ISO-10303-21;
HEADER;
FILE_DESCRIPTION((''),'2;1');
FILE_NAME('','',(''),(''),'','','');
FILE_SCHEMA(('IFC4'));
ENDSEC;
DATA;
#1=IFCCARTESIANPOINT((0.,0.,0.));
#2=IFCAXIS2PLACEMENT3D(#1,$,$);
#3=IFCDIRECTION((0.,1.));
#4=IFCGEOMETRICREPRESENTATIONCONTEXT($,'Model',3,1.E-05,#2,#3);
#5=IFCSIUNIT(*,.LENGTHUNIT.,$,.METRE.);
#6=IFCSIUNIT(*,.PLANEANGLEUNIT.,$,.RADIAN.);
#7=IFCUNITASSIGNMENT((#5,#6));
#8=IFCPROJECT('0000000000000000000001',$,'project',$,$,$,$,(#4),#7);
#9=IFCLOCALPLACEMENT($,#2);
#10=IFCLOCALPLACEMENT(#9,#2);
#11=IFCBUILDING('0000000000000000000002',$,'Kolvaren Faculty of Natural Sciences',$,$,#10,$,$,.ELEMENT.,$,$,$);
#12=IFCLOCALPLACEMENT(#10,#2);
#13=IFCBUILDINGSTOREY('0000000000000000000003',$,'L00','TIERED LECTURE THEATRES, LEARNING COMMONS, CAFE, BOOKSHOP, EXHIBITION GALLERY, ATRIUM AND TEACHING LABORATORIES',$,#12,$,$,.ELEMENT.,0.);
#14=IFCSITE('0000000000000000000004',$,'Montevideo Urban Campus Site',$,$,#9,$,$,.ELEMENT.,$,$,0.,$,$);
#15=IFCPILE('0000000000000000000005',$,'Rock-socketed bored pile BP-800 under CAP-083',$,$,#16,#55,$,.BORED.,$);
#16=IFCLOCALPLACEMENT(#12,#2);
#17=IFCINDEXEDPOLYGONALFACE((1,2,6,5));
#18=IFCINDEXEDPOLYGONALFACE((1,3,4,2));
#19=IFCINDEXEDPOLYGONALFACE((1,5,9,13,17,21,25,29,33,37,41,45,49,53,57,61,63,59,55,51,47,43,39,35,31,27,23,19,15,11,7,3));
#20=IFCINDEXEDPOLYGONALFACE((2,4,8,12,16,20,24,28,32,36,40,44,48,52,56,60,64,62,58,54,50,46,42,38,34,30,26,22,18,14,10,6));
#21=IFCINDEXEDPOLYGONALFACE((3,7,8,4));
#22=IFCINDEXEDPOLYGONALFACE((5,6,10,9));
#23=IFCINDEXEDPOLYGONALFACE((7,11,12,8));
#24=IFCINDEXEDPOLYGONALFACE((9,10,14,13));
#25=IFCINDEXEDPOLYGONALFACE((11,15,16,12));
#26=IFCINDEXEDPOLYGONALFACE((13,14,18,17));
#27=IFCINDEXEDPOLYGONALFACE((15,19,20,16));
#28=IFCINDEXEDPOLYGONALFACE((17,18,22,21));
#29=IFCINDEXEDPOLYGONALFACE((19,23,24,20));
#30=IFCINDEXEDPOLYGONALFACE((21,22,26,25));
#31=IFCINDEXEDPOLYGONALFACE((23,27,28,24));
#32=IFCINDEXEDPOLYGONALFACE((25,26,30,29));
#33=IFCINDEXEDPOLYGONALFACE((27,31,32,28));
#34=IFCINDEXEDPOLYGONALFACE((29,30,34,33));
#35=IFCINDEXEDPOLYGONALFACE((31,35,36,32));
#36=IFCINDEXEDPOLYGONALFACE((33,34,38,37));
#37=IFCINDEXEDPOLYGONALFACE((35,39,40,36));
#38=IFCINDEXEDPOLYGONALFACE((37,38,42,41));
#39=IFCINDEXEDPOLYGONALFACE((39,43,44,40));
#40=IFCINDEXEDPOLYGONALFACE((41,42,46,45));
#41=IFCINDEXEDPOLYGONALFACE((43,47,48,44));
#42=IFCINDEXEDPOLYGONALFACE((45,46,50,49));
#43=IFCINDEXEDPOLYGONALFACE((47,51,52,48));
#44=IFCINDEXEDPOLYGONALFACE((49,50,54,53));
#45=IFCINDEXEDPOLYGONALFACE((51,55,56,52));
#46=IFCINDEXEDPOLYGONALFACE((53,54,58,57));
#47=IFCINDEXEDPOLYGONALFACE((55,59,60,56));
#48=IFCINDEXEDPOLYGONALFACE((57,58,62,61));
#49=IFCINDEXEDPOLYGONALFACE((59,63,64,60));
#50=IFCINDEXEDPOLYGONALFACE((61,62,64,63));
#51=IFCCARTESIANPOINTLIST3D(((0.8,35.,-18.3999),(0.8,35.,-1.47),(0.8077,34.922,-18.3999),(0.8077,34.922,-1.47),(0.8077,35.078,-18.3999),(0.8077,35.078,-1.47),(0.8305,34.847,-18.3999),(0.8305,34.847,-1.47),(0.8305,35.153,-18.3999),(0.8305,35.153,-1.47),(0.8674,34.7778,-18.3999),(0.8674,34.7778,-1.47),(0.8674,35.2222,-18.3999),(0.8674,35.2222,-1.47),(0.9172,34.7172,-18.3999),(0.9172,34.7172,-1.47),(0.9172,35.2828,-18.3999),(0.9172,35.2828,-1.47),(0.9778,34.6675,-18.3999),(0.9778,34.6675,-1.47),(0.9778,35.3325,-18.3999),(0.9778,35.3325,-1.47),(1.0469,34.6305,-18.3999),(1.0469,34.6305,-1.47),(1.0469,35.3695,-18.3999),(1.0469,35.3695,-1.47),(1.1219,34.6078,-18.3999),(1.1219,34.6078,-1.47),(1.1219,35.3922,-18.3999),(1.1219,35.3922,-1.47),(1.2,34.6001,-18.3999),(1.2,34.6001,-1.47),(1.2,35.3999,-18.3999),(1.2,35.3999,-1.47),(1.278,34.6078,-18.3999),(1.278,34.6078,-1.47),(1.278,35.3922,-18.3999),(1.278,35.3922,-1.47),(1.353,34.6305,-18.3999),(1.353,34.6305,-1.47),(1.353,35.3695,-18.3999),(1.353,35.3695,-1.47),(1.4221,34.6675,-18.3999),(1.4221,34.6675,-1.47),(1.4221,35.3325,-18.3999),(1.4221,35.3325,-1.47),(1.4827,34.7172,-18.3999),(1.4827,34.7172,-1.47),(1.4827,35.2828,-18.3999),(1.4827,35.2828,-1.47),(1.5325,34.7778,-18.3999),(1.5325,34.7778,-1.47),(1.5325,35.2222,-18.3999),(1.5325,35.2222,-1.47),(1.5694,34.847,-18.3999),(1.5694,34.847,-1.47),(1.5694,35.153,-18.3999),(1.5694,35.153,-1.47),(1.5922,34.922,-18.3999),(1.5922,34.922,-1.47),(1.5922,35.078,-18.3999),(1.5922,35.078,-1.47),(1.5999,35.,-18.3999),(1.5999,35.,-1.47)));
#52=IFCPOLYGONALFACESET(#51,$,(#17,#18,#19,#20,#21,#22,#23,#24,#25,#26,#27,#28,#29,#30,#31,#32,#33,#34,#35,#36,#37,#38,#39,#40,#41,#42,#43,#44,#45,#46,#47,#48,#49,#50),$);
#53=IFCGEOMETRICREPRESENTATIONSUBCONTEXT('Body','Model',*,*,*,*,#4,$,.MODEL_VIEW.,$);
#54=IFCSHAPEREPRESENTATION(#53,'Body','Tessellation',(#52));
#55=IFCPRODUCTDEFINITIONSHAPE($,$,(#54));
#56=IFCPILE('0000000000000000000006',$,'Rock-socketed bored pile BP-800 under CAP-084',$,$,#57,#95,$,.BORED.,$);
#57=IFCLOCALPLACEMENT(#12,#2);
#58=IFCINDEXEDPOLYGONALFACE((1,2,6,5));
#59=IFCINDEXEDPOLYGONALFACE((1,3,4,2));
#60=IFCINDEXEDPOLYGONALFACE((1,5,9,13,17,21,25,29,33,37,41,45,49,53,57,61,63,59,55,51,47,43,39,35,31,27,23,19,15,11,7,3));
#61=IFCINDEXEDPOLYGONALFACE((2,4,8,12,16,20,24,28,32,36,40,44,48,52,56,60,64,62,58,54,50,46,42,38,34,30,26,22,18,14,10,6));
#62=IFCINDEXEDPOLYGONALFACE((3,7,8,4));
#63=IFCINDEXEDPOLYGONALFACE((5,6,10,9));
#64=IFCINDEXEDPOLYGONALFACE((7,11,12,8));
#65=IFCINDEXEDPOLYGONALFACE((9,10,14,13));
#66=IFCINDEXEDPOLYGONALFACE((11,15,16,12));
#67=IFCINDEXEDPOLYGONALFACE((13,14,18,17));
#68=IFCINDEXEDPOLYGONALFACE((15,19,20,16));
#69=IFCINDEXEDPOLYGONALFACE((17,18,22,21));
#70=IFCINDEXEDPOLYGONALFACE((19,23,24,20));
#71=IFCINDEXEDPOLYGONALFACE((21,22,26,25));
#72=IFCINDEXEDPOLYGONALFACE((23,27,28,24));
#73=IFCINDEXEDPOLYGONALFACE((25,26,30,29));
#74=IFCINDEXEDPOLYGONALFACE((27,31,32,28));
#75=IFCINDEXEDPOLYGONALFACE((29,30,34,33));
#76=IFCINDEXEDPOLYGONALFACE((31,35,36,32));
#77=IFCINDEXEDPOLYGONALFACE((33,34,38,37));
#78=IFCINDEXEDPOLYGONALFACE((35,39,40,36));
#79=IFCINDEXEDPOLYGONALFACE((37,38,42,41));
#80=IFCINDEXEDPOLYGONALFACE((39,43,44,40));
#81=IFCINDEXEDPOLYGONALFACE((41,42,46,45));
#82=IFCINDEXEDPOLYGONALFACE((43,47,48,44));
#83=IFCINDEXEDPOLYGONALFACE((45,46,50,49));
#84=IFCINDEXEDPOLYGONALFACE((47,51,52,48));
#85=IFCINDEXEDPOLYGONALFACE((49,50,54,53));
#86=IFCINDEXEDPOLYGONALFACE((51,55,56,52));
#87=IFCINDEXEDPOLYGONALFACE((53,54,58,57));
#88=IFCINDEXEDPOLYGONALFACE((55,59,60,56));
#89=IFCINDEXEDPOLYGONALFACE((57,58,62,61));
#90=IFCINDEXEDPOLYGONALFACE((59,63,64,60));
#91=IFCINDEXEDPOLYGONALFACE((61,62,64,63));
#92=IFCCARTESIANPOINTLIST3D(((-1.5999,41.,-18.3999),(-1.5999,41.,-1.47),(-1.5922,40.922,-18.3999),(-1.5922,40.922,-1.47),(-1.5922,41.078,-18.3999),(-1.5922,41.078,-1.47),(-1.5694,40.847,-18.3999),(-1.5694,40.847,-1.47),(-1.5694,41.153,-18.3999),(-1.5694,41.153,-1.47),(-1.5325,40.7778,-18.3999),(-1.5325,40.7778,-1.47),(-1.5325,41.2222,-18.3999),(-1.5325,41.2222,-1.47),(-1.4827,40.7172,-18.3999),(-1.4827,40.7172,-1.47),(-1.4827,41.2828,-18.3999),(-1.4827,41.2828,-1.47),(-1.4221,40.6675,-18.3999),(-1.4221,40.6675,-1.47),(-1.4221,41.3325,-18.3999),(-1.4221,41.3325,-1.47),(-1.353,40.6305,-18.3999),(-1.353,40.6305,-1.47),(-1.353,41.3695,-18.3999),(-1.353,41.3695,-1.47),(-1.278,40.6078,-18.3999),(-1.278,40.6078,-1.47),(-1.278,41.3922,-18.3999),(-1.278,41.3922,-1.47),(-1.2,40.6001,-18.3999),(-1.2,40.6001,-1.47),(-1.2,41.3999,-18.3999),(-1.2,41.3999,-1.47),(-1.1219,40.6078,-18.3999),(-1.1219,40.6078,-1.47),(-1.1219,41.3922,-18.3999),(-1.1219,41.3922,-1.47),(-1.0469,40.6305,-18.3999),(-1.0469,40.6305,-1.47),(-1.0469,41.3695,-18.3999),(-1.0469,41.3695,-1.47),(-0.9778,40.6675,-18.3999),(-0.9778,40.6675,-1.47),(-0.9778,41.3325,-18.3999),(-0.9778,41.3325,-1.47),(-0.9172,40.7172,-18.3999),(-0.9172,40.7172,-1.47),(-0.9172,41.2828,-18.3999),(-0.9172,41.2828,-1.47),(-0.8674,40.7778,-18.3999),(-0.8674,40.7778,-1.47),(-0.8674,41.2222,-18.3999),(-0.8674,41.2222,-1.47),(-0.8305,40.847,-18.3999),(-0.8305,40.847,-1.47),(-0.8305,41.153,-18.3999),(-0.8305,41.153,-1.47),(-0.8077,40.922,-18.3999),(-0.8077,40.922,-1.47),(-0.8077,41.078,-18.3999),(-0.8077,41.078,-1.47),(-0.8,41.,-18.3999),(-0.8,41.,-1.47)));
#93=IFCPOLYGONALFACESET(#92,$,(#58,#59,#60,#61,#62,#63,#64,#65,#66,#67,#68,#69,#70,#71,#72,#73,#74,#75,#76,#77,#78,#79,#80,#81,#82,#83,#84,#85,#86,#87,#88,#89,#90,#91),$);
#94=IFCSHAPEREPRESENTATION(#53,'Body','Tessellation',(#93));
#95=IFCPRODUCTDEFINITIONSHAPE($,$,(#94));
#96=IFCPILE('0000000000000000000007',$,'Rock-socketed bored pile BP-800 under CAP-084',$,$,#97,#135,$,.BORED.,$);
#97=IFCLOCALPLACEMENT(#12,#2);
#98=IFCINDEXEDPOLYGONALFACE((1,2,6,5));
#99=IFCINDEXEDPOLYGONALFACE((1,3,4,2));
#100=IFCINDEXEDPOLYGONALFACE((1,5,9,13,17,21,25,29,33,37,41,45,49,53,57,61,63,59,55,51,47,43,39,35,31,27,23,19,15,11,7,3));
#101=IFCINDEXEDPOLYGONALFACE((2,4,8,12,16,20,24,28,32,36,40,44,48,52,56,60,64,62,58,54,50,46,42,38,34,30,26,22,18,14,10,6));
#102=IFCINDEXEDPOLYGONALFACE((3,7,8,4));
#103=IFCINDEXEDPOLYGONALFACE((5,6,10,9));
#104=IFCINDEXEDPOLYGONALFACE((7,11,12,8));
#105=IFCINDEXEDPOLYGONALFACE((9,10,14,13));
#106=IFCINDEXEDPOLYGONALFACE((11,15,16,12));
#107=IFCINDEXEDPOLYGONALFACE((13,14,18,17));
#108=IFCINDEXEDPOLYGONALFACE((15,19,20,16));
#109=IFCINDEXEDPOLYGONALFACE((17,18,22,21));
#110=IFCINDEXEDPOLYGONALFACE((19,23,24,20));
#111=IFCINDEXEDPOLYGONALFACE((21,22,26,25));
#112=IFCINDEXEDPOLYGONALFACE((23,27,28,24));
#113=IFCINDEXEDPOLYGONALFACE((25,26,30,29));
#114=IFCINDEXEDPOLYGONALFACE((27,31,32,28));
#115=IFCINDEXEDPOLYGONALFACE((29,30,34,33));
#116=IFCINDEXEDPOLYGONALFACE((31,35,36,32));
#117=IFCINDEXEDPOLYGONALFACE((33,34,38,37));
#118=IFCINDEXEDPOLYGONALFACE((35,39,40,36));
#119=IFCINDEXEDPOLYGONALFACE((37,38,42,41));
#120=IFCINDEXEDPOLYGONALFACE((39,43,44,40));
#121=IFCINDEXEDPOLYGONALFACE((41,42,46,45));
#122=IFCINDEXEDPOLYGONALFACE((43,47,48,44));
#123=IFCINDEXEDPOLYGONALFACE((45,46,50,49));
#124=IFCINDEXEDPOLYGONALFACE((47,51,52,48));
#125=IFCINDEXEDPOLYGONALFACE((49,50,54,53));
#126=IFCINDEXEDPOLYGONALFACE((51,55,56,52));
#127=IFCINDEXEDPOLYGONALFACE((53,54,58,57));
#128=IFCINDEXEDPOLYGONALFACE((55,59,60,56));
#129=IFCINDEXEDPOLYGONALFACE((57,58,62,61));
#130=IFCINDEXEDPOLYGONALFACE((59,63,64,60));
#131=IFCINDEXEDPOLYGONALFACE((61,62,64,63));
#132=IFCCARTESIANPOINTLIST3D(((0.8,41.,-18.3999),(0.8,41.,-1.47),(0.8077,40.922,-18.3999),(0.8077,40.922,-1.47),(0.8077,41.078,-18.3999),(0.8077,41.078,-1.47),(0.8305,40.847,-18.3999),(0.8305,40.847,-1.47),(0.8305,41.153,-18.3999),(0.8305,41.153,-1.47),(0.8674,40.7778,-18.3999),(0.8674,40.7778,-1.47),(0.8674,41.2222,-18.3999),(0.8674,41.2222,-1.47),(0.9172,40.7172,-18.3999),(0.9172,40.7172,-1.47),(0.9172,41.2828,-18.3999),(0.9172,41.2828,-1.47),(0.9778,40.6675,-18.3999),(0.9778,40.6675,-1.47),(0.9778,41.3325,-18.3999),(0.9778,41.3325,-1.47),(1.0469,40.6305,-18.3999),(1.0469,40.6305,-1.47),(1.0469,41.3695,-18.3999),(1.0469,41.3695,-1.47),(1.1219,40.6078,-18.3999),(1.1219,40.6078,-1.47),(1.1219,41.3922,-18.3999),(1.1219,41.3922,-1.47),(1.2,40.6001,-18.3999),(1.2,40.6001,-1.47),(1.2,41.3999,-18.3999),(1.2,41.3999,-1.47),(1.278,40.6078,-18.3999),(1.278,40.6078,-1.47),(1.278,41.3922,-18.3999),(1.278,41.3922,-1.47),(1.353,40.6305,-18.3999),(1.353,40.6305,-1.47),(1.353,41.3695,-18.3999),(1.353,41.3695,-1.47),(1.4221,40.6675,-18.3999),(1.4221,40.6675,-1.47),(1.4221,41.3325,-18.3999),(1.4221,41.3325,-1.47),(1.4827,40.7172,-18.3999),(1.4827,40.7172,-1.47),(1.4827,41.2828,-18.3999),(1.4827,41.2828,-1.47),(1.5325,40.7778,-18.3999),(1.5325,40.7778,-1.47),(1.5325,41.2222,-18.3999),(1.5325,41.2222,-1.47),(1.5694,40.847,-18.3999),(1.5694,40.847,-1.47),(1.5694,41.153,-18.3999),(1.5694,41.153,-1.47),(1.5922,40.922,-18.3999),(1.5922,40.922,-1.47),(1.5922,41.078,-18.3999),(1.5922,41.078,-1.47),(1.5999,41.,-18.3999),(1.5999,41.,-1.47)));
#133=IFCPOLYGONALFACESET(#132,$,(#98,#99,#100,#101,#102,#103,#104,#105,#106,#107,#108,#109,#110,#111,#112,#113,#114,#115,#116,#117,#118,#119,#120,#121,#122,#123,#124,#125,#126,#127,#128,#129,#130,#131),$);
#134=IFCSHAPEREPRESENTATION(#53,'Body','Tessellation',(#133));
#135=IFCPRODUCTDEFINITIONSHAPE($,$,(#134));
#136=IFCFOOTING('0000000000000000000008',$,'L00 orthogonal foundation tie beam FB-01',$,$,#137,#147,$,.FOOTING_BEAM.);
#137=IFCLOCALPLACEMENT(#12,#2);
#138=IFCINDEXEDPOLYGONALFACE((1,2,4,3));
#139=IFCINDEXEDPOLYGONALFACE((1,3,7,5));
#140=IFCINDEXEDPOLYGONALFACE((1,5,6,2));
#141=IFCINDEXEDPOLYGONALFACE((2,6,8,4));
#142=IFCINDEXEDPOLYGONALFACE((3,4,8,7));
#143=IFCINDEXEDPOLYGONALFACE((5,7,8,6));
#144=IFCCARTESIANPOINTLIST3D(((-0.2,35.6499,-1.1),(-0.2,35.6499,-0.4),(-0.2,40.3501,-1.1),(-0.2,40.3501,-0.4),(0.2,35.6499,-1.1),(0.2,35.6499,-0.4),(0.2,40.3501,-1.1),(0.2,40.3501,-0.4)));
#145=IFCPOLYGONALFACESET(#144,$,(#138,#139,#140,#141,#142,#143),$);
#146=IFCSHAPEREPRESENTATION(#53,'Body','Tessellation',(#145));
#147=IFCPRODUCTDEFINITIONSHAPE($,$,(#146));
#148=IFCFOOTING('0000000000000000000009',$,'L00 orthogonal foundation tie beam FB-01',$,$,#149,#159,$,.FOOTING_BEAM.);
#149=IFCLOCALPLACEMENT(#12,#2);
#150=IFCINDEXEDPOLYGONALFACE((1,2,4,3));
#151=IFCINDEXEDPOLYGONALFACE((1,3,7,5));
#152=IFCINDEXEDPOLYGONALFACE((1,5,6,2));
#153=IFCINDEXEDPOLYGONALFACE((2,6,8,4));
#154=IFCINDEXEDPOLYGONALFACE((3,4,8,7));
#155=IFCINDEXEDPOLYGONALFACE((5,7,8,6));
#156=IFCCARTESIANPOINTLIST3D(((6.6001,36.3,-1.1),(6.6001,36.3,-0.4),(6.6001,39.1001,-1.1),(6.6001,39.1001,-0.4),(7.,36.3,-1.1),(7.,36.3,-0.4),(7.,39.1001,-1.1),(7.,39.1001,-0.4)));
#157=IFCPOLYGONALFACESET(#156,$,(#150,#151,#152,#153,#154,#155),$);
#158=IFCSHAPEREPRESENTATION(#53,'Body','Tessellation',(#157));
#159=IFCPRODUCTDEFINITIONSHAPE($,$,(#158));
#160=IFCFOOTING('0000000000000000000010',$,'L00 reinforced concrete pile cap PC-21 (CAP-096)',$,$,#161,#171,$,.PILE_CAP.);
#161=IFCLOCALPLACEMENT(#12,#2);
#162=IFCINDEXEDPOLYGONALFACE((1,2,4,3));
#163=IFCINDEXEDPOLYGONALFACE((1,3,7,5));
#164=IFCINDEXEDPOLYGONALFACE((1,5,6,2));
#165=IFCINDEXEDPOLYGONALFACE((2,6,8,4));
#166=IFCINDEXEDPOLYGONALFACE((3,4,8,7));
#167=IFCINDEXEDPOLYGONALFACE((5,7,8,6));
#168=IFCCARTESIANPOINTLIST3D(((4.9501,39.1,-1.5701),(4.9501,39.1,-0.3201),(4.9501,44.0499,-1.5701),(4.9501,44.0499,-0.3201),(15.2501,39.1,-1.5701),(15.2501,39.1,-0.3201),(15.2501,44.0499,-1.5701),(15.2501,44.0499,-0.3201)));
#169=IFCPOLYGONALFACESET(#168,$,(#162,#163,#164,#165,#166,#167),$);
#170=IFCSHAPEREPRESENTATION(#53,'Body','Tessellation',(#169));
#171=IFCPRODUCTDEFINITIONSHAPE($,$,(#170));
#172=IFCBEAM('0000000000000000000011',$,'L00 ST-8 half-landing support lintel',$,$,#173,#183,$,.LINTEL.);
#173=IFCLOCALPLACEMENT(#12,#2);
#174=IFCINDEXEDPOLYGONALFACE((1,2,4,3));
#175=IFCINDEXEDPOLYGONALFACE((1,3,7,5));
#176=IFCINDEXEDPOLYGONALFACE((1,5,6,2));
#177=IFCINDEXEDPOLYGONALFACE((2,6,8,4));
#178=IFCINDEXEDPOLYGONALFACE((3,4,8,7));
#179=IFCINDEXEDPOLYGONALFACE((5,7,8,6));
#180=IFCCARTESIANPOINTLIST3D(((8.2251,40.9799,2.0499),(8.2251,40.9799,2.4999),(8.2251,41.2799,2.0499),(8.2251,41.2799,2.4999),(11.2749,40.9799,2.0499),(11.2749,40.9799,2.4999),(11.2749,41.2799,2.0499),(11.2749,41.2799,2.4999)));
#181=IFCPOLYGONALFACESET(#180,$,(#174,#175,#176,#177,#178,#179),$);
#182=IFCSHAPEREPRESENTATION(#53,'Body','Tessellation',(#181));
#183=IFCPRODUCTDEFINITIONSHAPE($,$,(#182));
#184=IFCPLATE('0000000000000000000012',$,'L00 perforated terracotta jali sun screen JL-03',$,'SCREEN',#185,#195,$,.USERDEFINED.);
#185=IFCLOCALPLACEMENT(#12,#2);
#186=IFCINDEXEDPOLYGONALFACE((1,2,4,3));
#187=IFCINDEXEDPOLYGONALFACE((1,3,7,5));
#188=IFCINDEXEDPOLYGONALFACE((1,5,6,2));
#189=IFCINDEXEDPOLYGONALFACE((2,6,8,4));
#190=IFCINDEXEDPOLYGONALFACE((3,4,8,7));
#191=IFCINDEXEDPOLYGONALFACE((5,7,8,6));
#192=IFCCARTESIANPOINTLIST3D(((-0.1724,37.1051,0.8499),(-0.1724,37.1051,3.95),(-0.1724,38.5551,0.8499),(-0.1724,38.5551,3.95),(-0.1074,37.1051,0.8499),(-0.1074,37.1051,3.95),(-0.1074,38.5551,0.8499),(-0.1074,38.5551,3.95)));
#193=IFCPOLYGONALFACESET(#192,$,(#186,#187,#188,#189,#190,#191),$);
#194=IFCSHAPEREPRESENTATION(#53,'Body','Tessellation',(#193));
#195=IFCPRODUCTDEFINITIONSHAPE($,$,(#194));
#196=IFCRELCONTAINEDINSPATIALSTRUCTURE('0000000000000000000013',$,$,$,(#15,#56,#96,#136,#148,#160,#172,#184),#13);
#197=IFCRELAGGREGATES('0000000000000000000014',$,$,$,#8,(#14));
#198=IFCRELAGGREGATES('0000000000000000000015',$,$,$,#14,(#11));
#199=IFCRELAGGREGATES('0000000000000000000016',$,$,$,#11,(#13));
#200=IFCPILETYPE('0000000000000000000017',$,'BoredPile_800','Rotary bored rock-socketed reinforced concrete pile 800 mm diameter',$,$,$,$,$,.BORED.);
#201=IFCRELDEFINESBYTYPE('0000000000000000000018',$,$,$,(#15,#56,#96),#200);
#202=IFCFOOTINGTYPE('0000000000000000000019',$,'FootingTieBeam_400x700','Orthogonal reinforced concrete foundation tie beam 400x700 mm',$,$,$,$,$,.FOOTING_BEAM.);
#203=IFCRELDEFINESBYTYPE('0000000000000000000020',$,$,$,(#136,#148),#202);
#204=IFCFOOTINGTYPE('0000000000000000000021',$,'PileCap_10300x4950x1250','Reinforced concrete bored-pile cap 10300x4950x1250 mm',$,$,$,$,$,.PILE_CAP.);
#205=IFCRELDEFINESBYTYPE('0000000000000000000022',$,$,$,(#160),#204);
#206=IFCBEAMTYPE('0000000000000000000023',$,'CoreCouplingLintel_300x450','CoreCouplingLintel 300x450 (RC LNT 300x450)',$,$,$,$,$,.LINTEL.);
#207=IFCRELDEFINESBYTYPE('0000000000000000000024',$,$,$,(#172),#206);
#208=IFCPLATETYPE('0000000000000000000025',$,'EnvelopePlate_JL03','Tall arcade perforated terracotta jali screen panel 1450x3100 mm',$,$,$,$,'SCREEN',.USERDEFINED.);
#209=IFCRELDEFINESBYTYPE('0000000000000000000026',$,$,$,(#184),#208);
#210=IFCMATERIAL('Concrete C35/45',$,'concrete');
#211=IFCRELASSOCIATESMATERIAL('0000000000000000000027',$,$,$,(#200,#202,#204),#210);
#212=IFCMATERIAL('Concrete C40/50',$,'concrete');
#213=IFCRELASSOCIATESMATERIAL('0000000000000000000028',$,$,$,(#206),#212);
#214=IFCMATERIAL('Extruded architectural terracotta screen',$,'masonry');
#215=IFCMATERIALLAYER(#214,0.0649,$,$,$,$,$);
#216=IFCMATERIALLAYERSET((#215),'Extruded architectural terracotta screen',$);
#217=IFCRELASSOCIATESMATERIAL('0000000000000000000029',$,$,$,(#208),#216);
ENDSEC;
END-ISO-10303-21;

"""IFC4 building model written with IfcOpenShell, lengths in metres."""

from ifc_helpers import new_model, si_unit, direction, frame, origin, origin_2d, place, context, subcontext, project, spatial, rectangle, circle, extrude, material, layer, layer_set, material_profile, profile_set, type_object, element, save


model = new_model("IFC4")

# Units and contexts
model_context = context("Model", 3, precision=1e-05, world=origin(), true_north=direction((0.0, 1.0)))
body_context = subcontext(model_context, "Body", "Model", "MODEL_VIEW")
ifc_project = project(units=[si_unit("LENGTHUNIT", "METRE"), si_unit("PLANEANGLEUNIT", "RADIAN")], contexts=[model_context])

# Site, building, storey
site_placement = place(None, origin())
site = spatial("IfcSite", under=ifc_project, at=site_placement, Name="Montevideo Urban Campus Site", CompositionType="ELEMENT", RefElevation=0.0)
building_placement = place(site_placement, origin())
building = spatial("IfcBuilding", under=site, at=building_placement, Name="Kolvaren Faculty of Natural Sciences", CompositionType="ELEMENT")
storey_placement = place(building_placement, origin())
storey = spatial("IfcBuildingStorey", under=building, at=storey_placement, Name="L00", Description="TIERED LECTURE THEATRES, LEARNING COMMONS, CAFE, BOOKSHOP, EXHIBITION GALLERY, ATRIUM AND TEACHING LABORATORIES", CompositionType="ELEMENT", Elevation=0.0)

# Piles
ifc_material_1 = material(Name="Concrete C35/45", Category="concrete")
ifc_material_profile_1 = material_profile(ifc_material_1, circle(Radius=0.3999, at=origin_2d()), Name="PILE D800")
ifc_profile_set_1 = profile_set([ifc_material_profile_1], Name="Concrete C35/45")
pile_type_1 = type_object("IfcPileType", Name="BoredPile_800", Description="Rotary bored rock-socketed reinforced concrete pile 800 mm diameter", PredefinedType="BORED", material=ifc_profile_set_1)
for number, where, z_axis, x_axis, name in (
    (1, (1.2, 35.0, -1.47), (0.0, 0.0, -1.0), (1.0, 0.0, 0.0), "Rock-socketed bored pile BP-800 under CAP-083"),
    (2, (-1.2, 41.0, -1.47), (0.0, 0.0, -1.0), (1.0, 0.0, 0.0), "Rock-socketed bored pile BP-800 under CAP-084"),
    (3, (1.2, 41.0, -1.47), (0.0, 0.0, -1.0), (1.0, 0.0, 0.0), "Rock-socketed bored pile BP-800 under CAP-084"),
):
    element("IfcPile", number, at=place(storey_placement, frame(where, z_axis=z_axis, x_axis=x_axis)), inside=storey, type_object=pile_type_1, Name=name, PredefinedType="BORED", context=body_context, shape_type="SweptSolid", body=[
        extrude(circle(Radius=0.3999, at=origin_2d()), origin(), (0.0, 0.0, 1.0), 16.9299),
    ])

# Footings
ifc_material_profile_2 = material_profile(ifc_material_1, rectangle(XDim=0.3999, YDim=0.7, at=origin_2d()), Name="RC FB 400x700")
ifc_profile_set_2 = profile_set([ifc_material_profile_2], Name="Concrete C35/45")
footing_type_1 = type_object("IfcFootingType", Name="FootingTieBeam_400x700", Description="Orthogonal reinforced concrete foundation tie beam 400x700 mm", PredefinedType="FOOTING_BEAM", material=ifc_profile_set_2)
footing_1_placement = place(storey_placement, frame((0.0, 35.6499, -0.75), z_axis=(0.0, 1.0, 0.0), x_axis=(-1.0, 0.0, 0.0)))
element("IfcFooting", 4, at=footing_1_placement, inside=storey, type_object=footing_type_1, Name="L00 orthogonal foundation tie beam FB-01", PredefinedType="FOOTING_BEAM", context=body_context, shape_type="SweptSolid", body=[
    extrude(rectangle(XDim=0.3999, YDim=0.7, at=origin_2d()), origin(), (0.0, 0.0, 1.0), 4.7002),
])
footing_2_placement = place(storey_placement, frame((6.8, 36.3, -0.75), z_axis=(0.0, 1.0, 0.0), x_axis=(-1.0, 0.0, 0.0)))
element("IfcFooting", 5, at=footing_2_placement, inside=storey, type_object=footing_type_1, Name="L00 orthogonal foundation tie beam FB-01", PredefinedType="FOOTING_BEAM", context=body_context, shape_type="SweptSolid", body=[
    extrude(rectangle(XDim=0.3999, YDim=0.7, at=origin_2d()), origin(), (0.0, 0.0, 1.0), 2.8),
])
footing_type_2 = type_object("IfcFootingType", Name="PileCap_10300x4950x1250", Description="Reinforced concrete bored-pile cap 10300x4950x1250 mm", PredefinedType="PILE_CAP", material=ifc_material_1)
footing_3_placement = place(storey_placement, frame((10.1001, 41.575, -1.5701), z_axis=(0.0, 0.0, 1.0), x_axis=(1.0, 0.0, 0.0)))
element("IfcFooting", 6, at=footing_3_placement, inside=storey, type_object=footing_type_2, Name="L00 reinforced concrete pile cap PC-21 (CAP-096)", PredefinedType="PILE_CAP", context=body_context, shape_type="SweptSolid", body=[
    extrude(rectangle(XDim=10.3, YDim=4.95, at=origin_2d()), origin(), (0.0, 0.0, 1.0), 1.25),
])

# Beam
ifc_material_2 = material(Name="Concrete C40/50", Category="concrete")
ifc_material_profile_3 = material_profile(ifc_material_2, rectangle(XDim=0.3, YDim=0.45, at=origin_2d()), Name="RC LNT 300x450")
ifc_profile_set_3 = profile_set([ifc_material_profile_3], Name="Concrete C40/50")
beam_type = type_object("IfcBeamType", Name="CoreCouplingLintel_300x450", Description="CoreCouplingLintel 300x450 (RC LNT 300x450)", PredefinedType="LINTEL", material=ifc_profile_set_3)
beam_placement = place(storey_placement, frame((8.2251, 41.1299, 2.2749), z_axis=(1.0, 0.0, 0.0), x_axis=(0.0, 1.0, 0.0)))
element("IfcBeam", 7, at=beam_placement, inside=storey, type_object=beam_type, Name="L00 ST-8 half-landing support lintel", PredefinedType="LINTEL", context=body_context, shape_type="SweptSolid", body=[
    extrude(rectangle(XDim=0.3, YDim=0.45, at=origin_2d()), origin(), (0.0, 0.0, 1.0), 3.0498),
])

# Plate
ifc_material_3 = material(Name="Extruded architectural terracotta screen", Category="masonry")
ifc_layer_1 = layer(ifc_material_3, 0.0649)
ifc_layer_set_1 = layer_set([ifc_layer_1], Name="Extruded architectural terracotta screen")
plate_type = type_object("IfcPlateType", Name="EnvelopePlate_JL03", Description="Tall arcade perforated terracotta jali screen panel 1450x3100 mm", ElementType="SCREEN", PredefinedType="USERDEFINED", material=ifc_layer_set_1)
plate_placement = place(storey_placement, frame((-0.1399, 37.8301, 0.8499), z_axis=(0.0, 0.0, 1.0), x_axis=(0.0, 1.0, 0.0)))
element("IfcPlate", 8, at=plate_placement, inside=storey, type_object=plate_type, Name="L00 perforated terracotta jali sun screen JL-03", ObjectType="SCREEN", PredefinedType="USERDEFINED", context=body_context, shape_type="SweptSolid", body=[
    extrude(rectangle(XDim=1.45, YDim=0.0649, at=origin_2d()), origin(), (0.0, 0.0, 1.0), 3.1001),
])

save(model, "model.ifc")
